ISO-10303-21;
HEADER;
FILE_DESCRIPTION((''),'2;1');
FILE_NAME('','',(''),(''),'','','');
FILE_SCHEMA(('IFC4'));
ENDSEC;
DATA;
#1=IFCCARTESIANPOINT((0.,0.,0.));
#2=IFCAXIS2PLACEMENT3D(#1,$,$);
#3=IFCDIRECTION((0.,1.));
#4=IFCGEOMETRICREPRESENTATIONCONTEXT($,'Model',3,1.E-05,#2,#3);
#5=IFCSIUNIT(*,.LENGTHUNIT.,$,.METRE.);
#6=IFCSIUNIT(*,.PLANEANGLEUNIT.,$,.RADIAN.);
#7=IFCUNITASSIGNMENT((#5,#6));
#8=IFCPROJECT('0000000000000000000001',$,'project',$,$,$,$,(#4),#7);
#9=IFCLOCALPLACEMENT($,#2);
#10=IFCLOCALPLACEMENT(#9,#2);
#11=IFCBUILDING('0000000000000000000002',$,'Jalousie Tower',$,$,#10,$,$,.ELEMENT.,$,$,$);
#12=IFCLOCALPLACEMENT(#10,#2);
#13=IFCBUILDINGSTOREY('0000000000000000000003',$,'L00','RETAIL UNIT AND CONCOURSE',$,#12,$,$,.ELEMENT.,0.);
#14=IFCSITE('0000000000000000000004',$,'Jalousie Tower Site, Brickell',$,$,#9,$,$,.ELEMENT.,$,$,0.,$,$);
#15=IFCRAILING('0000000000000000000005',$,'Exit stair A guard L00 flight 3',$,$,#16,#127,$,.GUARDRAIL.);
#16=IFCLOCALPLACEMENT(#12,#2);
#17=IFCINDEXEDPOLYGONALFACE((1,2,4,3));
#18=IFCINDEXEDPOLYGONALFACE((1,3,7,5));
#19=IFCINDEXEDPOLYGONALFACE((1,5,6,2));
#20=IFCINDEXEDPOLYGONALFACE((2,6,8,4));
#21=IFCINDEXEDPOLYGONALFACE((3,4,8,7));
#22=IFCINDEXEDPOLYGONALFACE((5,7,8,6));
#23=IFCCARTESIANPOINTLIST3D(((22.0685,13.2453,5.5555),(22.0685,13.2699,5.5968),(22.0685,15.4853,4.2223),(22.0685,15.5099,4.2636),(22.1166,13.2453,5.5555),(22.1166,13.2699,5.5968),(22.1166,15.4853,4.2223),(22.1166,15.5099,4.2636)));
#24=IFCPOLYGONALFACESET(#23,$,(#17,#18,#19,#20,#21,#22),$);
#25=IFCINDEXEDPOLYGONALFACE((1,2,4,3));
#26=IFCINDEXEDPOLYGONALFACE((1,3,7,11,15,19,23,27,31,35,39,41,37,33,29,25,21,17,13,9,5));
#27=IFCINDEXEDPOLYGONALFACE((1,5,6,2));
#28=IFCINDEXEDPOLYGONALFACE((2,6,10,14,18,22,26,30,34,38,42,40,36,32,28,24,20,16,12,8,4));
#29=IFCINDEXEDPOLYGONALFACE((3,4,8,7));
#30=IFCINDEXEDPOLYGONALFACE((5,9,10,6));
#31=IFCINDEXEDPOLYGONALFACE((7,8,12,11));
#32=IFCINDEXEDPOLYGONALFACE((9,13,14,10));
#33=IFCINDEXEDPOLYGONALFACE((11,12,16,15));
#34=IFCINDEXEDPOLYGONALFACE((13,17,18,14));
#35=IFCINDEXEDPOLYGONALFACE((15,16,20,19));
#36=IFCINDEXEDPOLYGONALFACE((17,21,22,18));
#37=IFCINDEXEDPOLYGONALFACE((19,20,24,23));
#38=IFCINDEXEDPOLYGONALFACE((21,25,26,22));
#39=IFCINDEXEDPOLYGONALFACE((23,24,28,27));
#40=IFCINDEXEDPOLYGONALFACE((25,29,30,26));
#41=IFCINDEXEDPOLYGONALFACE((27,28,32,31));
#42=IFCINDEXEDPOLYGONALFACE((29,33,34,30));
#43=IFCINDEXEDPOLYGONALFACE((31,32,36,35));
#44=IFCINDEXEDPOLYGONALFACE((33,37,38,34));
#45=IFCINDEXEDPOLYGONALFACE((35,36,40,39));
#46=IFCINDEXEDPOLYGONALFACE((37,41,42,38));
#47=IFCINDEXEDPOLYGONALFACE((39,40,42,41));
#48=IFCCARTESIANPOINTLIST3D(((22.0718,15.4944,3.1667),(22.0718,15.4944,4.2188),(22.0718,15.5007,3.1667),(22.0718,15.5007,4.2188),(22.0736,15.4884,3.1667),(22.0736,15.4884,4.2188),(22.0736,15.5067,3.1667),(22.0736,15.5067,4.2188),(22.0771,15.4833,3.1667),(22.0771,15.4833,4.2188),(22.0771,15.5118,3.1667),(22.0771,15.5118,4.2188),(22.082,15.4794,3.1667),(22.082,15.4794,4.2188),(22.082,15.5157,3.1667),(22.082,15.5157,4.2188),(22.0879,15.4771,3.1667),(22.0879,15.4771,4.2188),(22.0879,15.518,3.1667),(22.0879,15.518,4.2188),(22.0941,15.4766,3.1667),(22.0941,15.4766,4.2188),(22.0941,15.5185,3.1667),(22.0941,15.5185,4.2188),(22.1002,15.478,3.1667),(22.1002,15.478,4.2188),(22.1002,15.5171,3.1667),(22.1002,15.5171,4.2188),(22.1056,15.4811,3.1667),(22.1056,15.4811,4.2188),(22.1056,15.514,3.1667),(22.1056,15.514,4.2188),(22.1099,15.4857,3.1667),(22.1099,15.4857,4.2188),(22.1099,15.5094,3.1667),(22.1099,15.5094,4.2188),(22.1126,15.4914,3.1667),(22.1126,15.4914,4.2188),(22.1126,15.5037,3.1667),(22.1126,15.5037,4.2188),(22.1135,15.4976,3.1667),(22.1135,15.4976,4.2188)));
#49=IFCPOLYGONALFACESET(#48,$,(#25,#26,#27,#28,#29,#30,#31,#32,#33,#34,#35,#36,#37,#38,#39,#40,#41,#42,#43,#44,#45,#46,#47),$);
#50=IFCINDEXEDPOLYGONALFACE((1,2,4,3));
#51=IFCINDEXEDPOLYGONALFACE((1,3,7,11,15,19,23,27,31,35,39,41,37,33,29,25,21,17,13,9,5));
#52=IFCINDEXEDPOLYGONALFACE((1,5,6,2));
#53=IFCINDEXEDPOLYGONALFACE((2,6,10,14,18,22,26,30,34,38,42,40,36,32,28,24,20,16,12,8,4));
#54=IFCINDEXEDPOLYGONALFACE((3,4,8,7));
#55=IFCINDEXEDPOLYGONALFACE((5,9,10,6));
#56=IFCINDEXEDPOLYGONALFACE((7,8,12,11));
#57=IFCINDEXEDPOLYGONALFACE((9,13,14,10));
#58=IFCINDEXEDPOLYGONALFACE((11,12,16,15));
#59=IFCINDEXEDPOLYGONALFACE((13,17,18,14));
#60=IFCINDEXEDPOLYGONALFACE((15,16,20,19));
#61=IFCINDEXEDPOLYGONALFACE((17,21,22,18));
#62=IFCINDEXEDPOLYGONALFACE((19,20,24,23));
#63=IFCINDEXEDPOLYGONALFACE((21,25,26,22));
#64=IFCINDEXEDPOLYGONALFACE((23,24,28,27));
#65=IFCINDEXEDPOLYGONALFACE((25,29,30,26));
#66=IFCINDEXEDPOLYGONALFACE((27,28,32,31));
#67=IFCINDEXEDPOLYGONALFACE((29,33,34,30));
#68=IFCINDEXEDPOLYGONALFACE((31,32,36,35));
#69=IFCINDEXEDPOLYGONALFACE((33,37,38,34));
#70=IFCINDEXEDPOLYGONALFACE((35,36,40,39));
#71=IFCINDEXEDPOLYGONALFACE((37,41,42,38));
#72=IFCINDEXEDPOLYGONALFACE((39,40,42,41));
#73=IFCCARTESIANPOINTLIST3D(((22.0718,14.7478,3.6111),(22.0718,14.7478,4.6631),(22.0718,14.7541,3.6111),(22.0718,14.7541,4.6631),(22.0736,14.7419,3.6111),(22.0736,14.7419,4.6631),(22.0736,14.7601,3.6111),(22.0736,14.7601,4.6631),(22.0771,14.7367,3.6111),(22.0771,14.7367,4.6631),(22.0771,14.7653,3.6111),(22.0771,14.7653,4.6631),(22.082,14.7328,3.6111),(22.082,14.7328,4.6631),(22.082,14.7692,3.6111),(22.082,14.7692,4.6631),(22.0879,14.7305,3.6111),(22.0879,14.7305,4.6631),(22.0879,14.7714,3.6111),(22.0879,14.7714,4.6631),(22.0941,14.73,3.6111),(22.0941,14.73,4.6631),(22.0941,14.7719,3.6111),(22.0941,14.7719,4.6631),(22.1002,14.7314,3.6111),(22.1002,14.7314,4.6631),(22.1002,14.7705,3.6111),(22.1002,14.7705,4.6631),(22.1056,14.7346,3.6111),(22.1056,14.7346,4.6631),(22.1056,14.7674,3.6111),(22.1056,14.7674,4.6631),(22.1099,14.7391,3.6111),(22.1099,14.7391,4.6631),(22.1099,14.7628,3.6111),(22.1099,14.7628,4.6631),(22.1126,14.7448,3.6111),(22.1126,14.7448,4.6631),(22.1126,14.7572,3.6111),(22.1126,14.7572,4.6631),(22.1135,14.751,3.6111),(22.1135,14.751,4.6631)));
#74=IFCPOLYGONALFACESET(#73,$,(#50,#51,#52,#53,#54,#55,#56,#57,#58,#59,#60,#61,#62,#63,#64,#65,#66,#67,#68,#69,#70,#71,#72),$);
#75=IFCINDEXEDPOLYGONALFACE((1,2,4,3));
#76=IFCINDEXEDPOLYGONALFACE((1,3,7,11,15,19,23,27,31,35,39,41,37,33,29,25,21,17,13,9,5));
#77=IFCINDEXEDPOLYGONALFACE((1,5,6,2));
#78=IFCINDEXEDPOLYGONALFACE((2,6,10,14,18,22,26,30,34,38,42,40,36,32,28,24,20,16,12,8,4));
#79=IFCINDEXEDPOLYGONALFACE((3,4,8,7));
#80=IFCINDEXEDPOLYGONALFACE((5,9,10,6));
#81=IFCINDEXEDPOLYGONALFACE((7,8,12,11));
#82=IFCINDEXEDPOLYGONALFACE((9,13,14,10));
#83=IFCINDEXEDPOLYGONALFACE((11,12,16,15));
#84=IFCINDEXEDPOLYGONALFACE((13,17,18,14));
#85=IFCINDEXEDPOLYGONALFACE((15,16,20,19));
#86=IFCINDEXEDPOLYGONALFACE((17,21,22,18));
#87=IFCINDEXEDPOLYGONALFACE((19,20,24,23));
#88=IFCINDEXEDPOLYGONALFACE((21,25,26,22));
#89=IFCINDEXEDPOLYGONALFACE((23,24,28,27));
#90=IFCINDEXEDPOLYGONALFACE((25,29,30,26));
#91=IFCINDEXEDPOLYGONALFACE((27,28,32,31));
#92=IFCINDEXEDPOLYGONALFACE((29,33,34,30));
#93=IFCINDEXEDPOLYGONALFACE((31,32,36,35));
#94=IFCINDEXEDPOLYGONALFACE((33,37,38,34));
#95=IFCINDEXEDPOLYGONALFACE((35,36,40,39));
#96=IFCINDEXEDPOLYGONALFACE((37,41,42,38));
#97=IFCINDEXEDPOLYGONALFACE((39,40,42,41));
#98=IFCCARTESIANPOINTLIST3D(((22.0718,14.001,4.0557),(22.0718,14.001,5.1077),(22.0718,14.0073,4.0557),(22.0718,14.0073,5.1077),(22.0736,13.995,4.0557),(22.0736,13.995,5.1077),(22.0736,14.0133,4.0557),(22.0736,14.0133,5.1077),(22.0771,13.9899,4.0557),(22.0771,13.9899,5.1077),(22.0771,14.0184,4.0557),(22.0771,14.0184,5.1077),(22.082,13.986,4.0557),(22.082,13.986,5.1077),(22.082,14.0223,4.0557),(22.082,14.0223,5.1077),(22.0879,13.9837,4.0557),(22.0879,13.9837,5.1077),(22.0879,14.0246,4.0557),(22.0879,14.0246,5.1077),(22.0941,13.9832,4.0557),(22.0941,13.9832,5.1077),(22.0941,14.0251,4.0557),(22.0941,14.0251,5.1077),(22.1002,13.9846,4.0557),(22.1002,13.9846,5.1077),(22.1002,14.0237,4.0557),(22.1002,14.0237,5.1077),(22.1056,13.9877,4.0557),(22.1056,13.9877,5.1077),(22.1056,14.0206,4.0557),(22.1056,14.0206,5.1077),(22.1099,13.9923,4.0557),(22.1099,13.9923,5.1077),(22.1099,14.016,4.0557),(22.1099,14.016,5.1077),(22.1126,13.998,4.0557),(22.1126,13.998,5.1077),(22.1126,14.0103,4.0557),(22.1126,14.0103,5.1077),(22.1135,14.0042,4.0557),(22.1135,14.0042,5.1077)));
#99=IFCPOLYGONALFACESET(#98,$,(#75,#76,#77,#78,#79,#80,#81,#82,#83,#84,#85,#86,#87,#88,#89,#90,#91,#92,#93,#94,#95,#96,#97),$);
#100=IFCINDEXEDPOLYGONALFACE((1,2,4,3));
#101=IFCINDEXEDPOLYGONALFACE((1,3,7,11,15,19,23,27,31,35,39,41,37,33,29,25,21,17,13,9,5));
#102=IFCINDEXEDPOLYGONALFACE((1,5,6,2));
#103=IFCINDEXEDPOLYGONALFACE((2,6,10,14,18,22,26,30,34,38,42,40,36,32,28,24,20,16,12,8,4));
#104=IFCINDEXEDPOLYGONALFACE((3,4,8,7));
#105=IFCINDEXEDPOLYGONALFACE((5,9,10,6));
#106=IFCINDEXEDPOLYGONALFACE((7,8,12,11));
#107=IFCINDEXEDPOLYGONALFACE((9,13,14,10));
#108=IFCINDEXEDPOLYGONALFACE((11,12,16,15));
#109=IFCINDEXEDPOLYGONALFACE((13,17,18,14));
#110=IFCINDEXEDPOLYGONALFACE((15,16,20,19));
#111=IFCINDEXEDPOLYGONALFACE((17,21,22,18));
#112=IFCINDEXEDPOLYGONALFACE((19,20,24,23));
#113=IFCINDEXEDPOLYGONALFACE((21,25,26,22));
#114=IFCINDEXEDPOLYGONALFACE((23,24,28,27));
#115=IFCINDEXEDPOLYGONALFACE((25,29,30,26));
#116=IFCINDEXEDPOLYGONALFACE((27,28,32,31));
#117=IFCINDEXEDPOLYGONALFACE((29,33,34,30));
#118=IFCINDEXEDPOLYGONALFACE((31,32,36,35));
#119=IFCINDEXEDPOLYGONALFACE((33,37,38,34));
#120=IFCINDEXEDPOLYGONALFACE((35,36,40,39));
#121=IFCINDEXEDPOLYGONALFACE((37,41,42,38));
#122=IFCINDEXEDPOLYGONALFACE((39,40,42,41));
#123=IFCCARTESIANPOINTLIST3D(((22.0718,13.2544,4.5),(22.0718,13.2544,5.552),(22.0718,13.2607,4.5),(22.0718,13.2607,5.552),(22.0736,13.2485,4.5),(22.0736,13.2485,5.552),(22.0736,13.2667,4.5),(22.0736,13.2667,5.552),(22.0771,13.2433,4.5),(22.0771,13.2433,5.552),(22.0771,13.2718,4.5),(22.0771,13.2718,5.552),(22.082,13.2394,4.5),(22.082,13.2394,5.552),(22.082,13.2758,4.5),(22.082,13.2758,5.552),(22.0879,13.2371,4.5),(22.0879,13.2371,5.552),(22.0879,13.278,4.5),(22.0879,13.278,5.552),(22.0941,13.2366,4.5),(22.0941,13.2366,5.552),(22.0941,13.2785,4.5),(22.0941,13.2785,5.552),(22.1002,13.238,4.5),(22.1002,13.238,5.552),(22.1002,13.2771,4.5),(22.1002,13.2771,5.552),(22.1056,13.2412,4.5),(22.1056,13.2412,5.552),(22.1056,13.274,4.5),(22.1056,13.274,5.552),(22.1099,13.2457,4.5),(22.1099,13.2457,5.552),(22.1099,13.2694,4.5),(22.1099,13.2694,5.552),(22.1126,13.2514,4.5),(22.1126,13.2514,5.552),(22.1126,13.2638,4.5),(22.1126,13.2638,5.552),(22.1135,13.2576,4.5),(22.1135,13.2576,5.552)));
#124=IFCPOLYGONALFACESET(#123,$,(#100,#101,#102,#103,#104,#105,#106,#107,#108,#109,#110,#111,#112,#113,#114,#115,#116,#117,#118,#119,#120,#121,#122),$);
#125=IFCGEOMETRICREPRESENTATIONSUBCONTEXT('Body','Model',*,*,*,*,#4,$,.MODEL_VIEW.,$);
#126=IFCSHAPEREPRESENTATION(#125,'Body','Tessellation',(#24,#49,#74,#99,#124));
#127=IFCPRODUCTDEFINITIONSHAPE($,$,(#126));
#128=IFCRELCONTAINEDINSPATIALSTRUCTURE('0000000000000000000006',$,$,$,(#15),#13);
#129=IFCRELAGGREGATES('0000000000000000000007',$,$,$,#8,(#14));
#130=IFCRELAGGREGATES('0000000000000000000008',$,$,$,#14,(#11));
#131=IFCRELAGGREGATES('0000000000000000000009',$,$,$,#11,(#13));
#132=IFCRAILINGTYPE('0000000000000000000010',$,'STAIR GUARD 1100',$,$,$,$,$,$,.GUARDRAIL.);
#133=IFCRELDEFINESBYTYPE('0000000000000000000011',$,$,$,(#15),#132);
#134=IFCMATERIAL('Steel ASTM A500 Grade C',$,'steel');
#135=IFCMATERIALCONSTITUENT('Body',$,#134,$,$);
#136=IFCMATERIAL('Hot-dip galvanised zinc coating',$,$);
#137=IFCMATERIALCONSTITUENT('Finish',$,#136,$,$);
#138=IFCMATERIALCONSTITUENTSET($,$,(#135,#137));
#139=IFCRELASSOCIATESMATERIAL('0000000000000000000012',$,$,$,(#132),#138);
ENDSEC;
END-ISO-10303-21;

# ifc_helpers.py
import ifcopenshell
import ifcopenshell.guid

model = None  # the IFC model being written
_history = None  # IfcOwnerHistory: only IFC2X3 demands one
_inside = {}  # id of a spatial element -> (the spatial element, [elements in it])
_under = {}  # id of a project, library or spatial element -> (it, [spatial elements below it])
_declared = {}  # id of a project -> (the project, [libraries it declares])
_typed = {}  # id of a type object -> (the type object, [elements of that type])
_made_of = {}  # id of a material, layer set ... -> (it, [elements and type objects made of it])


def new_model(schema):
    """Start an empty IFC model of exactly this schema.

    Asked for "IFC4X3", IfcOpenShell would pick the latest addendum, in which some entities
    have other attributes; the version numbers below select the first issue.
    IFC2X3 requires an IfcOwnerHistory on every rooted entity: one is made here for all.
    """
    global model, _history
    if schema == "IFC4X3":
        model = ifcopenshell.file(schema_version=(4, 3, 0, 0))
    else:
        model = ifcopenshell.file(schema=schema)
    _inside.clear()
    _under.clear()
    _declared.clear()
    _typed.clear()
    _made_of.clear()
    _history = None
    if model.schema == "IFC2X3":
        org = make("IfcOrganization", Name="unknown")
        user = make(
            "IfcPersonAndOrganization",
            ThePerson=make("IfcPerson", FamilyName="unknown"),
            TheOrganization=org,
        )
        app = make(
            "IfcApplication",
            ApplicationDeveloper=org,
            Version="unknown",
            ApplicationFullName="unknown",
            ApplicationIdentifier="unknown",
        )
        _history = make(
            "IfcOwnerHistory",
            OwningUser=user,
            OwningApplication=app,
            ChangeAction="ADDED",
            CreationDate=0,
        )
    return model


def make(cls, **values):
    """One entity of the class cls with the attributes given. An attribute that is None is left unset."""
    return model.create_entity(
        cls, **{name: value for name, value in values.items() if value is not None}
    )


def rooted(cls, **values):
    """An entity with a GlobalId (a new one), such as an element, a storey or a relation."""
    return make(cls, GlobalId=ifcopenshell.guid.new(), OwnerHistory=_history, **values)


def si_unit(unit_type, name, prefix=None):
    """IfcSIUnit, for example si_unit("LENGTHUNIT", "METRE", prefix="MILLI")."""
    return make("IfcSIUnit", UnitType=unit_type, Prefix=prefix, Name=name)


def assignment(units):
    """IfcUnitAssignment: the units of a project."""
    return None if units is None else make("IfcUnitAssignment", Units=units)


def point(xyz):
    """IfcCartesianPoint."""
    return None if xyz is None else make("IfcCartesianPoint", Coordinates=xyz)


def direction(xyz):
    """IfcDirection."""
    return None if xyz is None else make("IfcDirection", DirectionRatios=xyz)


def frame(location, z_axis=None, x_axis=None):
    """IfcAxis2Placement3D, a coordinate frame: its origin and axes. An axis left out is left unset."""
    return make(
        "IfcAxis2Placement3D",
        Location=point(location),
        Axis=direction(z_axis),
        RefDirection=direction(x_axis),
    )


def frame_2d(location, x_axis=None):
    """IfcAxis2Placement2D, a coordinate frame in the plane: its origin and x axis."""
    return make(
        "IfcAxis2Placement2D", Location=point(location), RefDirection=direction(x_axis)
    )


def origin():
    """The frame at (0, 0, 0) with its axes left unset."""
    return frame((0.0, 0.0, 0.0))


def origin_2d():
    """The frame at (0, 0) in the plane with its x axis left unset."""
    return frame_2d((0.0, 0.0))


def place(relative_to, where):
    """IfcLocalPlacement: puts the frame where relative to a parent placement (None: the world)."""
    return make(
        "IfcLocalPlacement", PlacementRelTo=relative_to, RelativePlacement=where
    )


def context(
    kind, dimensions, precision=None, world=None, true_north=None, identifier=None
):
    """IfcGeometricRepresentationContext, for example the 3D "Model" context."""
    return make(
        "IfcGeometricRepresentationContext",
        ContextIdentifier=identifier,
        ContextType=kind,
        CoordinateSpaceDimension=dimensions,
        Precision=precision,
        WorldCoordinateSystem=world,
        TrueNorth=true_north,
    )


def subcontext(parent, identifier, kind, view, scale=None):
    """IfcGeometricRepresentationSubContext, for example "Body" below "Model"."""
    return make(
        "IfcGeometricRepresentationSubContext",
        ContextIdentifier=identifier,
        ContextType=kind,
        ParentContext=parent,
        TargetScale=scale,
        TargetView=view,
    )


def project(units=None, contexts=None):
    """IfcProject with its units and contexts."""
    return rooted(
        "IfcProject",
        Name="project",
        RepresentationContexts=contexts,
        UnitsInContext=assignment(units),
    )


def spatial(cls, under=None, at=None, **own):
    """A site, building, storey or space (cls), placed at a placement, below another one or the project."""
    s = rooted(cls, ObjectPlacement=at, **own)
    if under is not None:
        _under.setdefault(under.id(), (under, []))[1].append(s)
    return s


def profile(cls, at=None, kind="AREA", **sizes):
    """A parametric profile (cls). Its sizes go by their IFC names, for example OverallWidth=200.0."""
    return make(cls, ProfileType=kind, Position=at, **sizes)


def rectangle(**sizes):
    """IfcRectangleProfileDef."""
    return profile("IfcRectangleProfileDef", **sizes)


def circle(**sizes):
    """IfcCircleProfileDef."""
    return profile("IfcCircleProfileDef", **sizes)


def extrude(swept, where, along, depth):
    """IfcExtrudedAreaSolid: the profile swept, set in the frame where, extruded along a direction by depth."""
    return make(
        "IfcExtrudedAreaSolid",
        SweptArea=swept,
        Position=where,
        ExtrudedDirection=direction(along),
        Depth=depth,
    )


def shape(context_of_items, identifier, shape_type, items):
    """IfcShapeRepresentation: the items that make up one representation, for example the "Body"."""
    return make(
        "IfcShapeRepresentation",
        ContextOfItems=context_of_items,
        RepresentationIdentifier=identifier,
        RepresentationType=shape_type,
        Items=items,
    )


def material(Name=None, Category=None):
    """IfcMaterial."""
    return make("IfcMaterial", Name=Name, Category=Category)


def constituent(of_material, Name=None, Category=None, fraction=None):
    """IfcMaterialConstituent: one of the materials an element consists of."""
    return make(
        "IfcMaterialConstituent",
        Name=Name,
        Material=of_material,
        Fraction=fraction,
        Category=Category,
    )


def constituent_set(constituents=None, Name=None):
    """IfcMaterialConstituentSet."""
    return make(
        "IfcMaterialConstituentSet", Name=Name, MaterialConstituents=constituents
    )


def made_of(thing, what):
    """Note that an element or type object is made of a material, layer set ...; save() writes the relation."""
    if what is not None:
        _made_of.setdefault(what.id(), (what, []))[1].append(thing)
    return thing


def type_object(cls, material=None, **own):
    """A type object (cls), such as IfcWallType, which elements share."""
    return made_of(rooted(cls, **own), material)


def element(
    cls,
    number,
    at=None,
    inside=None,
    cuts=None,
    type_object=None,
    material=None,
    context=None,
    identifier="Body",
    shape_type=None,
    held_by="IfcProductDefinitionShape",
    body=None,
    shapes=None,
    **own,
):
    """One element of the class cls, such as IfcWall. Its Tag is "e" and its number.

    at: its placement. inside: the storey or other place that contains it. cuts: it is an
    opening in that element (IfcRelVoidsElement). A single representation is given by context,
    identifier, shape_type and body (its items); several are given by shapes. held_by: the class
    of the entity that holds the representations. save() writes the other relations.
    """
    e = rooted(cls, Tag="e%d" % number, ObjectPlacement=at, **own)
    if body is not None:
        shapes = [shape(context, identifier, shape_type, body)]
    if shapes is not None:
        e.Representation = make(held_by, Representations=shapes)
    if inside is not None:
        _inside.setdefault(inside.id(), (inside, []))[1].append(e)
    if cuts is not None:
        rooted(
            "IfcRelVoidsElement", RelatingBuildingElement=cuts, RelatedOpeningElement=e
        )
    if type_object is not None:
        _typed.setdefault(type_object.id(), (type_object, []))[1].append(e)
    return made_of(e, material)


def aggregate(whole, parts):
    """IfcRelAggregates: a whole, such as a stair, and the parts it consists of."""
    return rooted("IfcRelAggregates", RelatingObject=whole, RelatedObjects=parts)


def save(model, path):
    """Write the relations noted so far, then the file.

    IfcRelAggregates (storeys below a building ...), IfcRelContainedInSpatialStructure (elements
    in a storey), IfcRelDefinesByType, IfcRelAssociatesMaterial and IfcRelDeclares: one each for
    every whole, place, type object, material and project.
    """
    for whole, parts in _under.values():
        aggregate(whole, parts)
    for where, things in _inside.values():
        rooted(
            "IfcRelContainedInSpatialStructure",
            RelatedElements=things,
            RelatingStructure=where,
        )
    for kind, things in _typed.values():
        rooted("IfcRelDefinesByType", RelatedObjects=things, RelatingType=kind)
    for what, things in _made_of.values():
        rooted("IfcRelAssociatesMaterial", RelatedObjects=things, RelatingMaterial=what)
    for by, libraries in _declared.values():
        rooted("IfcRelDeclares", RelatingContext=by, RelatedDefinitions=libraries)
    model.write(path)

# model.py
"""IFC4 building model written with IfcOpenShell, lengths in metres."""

from ifc_helpers import new_model, si_unit, direction, frame, origin, origin_2d, place, context, subcontext, project, spatial, rectangle, circle, extrude, material, constituent, constituent_set, type_object, element, save


model = new_model("IFC4")

# Units and contexts
model_context = context("Model", 3, precision=1e-05, world=origin(), true_north=direction((0.0, 1.0)))
body_context = subcontext(model_context, "Body", "Model", "MODEL_VIEW")
ifc_project = project(units=[si_unit("LENGTHUNIT", "METRE"), si_unit("PLANEANGLEUNIT", "RADIAN")], contexts=[model_context])

# Site, building, storey
site_placement = place(None, origin())
site = spatial("IfcSite", under=ifc_project, at=site_placement, Name="Jalousie Tower Site, Brickell", CompositionType="ELEMENT", RefElevation=0.0)
building_placement = place(site_placement, origin())
building = spatial("IfcBuilding", under=site, at=building_placement, Name="Jalousie Tower", CompositionType="ELEMENT")
storey_placement = place(building_placement, origin())
storey = spatial("IfcBuildingStorey", under=building, at=storey_placement, Name="L00", Description="RETAIL UNIT AND CONCOURSE", CompositionType="ELEMENT", Elevation=0.0)

# Railing
ifc_material_1 = material(Name="Steel ASTM A500 Grade C", Category="steel")
ifc_constituent_1 = constituent(ifc_material_1, Name="Body")
ifc_material_2 = material(Name="Hot-dip galvanised zinc coating")
ifc_constituent_2 = constituent(ifc_material_2, Name="Finish")
ifc_constituent_set_1 = constituent_set(constituents=[ifc_constituent_1, ifc_constituent_2])
railing_type_1 = type_object("IfcRailingType", Name="STAIR GUARD 1100", PredefinedType="GUARDRAIL", material=ifc_constituent_set_1)
railing_1_placement = place(storey_placement, frame((22.0925, 15.4976, 3.1667)))
element("IfcRailing", 1, at=railing_1_placement, inside=storey, type_object=railing_type_1, Name="Exit stair A guard L00 flight 3", PredefinedType="GUARDRAIL", context=body_context, shape_type="SweptSolid", body=[
    extrude(rectangle(XDim=0.0481, YDim=0.0481, at=origin_2d()), frame((0.0, 0.0, 1.0762), z_axis=(0.0, -0.859306, 0.511462), x_axis=(1.0, 0.0, 0.0)), (0.0, 0.0, 1.0), 2.6067),
    extrude(circle(Radius=0.021, at=origin_2d()), origin(), (0.0, 0.0, 1.0), 1.052),
    extrude(circle(Radius=0.021, at=origin_2d()), frame((0.0, -0.7466, 0.4443)), (0.0, 0.0, 1.0), 1.052),
    extrude(circle(Radius=0.021, at=origin_2d()), frame((0.0, -1.4934, 0.8889)), (0.0, 0.0, 1.0), 1.052),
    extrude(circle(Radius=0.021, at=origin_2d()), frame((0.0, -2.24, 1.3333)), (0.0, 0.0, 1.0), 1.052),
])

save(model, "model.ifc")
